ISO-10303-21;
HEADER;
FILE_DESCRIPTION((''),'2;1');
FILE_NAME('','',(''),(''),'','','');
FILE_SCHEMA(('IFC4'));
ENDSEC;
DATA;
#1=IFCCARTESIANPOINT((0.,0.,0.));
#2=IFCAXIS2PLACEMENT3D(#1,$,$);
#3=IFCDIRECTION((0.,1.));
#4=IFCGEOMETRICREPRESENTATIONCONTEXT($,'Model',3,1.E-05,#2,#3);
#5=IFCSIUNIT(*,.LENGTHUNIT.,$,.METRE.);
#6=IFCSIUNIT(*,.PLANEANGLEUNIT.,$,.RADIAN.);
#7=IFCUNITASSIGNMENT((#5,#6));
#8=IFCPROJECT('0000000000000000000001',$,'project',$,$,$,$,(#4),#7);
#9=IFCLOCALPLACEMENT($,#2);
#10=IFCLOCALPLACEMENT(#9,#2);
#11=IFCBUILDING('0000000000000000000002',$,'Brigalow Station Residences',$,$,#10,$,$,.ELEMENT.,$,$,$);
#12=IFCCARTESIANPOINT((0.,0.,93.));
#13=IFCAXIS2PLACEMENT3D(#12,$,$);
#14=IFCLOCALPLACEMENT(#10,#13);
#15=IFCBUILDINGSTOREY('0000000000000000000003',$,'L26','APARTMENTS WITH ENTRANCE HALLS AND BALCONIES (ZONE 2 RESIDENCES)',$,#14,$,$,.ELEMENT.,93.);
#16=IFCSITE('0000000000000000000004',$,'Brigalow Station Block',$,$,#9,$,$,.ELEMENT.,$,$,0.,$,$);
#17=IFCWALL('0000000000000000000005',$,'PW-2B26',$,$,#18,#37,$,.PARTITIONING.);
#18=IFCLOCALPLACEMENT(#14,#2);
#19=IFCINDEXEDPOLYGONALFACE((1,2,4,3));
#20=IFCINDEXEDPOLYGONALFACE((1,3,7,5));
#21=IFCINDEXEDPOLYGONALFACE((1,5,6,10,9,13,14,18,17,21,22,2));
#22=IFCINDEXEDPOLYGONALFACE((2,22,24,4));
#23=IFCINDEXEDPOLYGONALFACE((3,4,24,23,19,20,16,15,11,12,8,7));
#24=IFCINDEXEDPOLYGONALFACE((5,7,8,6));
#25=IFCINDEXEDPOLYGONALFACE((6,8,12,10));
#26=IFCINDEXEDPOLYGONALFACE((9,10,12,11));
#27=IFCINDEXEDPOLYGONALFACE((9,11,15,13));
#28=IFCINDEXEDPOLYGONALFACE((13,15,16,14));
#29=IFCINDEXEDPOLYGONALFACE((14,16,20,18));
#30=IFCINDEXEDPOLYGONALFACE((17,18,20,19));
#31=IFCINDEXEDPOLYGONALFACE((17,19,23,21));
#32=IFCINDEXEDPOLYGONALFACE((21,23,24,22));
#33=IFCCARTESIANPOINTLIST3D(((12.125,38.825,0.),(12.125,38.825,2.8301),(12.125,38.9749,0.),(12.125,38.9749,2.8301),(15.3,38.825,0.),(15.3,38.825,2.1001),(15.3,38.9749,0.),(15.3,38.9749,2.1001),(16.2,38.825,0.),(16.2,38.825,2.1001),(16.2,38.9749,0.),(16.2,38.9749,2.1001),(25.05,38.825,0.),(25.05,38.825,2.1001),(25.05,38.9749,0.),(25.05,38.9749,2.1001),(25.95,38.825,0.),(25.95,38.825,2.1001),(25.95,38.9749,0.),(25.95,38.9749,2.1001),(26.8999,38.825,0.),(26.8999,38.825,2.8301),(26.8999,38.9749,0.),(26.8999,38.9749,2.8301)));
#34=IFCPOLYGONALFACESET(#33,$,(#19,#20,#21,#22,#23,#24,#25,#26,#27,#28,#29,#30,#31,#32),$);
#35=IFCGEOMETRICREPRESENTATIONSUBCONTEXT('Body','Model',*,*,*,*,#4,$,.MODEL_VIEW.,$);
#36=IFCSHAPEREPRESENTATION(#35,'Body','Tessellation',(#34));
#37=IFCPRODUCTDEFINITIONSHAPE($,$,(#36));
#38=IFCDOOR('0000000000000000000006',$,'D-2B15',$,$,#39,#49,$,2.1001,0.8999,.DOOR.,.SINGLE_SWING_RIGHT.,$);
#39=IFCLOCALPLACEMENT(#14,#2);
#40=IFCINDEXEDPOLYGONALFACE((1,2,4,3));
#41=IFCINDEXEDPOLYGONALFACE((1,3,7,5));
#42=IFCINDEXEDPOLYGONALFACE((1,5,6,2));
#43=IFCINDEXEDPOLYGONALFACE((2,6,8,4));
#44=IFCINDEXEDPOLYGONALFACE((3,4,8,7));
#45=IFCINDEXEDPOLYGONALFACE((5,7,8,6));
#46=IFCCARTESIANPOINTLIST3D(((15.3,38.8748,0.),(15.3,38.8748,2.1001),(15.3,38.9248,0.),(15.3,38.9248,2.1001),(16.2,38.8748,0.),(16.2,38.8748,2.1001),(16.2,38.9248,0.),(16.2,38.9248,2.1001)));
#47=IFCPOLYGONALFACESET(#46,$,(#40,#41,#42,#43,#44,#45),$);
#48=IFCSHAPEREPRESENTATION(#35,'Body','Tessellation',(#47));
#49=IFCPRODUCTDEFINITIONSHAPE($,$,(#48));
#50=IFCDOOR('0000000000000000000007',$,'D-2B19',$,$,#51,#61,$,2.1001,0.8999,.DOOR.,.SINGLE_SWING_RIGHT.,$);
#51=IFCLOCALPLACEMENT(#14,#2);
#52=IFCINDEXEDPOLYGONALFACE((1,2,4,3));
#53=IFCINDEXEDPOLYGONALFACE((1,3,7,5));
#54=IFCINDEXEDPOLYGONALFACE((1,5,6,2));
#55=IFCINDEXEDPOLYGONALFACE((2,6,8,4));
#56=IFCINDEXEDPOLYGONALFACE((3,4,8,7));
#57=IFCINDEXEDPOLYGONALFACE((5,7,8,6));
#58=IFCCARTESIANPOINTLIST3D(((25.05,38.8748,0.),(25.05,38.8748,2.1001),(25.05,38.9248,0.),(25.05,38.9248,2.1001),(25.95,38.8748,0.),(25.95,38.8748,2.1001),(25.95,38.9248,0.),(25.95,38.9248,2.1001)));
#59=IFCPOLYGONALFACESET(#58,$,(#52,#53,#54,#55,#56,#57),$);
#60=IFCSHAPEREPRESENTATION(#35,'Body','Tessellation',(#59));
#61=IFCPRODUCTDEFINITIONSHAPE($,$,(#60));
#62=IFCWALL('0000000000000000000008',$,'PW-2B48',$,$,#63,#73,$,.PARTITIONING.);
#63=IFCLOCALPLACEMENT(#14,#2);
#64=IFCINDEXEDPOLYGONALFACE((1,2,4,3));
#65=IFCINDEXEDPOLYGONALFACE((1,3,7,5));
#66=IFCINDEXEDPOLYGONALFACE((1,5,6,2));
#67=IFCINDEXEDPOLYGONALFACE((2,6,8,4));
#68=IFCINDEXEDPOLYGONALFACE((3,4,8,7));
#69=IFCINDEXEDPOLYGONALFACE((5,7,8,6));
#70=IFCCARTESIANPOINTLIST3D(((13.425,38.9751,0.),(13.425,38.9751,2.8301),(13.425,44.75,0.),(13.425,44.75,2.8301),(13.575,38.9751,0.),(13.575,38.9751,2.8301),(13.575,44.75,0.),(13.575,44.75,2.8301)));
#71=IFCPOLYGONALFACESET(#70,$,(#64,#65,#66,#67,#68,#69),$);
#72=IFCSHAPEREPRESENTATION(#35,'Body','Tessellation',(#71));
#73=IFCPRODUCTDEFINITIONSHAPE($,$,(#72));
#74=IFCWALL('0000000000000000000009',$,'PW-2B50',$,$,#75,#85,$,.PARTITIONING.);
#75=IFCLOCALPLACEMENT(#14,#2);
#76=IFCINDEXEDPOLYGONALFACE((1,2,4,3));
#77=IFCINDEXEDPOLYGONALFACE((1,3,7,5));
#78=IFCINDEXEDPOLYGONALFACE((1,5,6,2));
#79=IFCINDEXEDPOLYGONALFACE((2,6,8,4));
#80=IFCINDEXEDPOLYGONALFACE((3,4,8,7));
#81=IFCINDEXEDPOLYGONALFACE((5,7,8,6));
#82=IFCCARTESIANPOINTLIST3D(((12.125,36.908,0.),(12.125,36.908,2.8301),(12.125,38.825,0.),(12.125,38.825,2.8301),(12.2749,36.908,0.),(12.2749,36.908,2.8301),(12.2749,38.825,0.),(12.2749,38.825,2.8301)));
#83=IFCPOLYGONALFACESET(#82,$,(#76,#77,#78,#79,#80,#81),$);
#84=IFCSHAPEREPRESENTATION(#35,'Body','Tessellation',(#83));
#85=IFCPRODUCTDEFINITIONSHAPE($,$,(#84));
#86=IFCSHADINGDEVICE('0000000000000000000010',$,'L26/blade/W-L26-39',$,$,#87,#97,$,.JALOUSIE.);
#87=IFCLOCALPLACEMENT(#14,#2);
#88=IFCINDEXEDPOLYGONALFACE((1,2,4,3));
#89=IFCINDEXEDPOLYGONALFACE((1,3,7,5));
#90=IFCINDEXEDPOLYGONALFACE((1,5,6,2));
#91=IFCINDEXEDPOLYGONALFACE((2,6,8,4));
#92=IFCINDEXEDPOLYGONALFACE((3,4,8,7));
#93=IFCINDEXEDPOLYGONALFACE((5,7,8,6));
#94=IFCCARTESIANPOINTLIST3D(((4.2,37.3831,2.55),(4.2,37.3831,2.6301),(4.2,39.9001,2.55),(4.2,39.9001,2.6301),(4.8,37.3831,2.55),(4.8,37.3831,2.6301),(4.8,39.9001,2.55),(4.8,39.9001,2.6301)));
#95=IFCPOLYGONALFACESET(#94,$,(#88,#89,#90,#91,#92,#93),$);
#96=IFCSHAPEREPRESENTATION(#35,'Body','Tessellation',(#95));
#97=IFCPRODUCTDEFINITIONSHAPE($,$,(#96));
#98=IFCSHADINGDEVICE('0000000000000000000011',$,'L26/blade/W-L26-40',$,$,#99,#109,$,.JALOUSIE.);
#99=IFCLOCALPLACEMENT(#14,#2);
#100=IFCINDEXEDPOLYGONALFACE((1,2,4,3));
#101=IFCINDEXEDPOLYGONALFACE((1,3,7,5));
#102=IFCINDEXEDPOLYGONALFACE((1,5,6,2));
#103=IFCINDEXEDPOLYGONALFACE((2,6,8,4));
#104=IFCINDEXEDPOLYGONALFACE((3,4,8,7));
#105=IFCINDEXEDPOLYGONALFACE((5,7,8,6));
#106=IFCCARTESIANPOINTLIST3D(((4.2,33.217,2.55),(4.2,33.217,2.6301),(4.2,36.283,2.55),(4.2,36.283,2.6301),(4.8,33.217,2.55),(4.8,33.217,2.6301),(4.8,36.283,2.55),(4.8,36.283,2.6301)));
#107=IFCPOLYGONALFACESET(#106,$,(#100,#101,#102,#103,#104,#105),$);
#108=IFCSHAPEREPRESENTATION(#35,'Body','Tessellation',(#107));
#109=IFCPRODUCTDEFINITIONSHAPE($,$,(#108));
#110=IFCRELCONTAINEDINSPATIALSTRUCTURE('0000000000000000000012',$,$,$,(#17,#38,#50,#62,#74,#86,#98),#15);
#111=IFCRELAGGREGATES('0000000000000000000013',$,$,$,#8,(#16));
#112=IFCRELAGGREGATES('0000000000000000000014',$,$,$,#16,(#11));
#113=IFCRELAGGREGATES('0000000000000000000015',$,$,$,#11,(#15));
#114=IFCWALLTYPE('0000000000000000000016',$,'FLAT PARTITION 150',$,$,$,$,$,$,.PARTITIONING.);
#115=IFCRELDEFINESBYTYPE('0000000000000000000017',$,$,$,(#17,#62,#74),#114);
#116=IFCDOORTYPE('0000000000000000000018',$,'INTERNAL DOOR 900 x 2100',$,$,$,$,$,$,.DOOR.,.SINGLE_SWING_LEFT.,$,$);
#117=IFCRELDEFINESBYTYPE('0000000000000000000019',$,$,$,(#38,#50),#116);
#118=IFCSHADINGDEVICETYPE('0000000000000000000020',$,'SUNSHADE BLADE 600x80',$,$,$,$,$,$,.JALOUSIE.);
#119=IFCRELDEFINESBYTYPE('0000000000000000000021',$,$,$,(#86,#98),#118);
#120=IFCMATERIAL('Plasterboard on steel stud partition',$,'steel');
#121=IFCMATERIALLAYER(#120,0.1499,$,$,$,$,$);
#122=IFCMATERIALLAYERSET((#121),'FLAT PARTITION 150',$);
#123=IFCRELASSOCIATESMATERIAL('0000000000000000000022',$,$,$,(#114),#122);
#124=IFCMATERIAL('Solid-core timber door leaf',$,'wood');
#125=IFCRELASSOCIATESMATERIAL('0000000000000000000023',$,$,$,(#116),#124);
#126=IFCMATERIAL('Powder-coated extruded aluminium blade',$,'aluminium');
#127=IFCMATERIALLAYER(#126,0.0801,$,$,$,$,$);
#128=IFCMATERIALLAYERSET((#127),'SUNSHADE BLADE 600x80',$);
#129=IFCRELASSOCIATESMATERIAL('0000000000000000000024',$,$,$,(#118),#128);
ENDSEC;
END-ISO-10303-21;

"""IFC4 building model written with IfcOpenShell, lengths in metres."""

from ifc_helpers import new_model, si_unit, direction, frame, frame_2d, origin, origin_2d, place, context, subcontext, project, spatial, rectangle, extrude, material, layer, layer_set, type_object, element, fill, save


model = new_model("IFC4")

# Units and contexts
model_context = context("Model", 3, precision=1e-05, world=origin(), true_north=direction((0.0, 1.0)))
body_context = subcontext(model_context, "Body", "Model", "MODEL_VIEW")
ifc_project = project(units=[si_unit("LENGTHUNIT", "METRE"), si_unit("PLANEANGLEUNIT", "RADIAN")], contexts=[model_context])

# Site, building, storey
site_placement = place(None, origin())
site = spatial("IfcSite", under=ifc_project, at=site_placement, Name="Brigalow Station Block", CompositionType="ELEMENT", RefElevation=0.0)
building_placement = place(site_placement, origin())
building = spatial("IfcBuilding", under=site, at=building_placement, Name="Brigalow Station Residences", CompositionType="ELEMENT")
storey_placement = place(building_placement, frame((0.0, 0.0, 93.0)))
storey = spatial("IfcBuildingStorey", under=building, at=storey_placement, Name="L26", Description="APARTMENTS WITH ENTRANCE HALLS AND BALCONIES (ZONE 2 RESIDENCES)", CompositionType="ELEMENT", Elevation=93.0)

# Shared definitions
ifc_material_1 = material(Name="Plasterboard on steel stud partition", Category="steel")
ifc_layer_1 = layer(ifc_material_1, 0.1499)
ifc_layer_set_1 = layer_set([ifc_layer_1], Name="FLAT PARTITION 150")
wall_type_1 = type_object("IfcWallType", Name="FLAT PARTITION 150", PredefinedType="PARTITIONING", material=ifc_layer_set_1)
ifc_material_2 = material(Name="Solid-core timber door leaf", Category="wood")
door_type = type_object("IfcDoorType", Name="INTERNAL DOOR 900 x 2100", OperationType="SINGLE_SWING_LEFT", PredefinedType="DOOR", material=ifc_material_2)

# Wall, openings, doors
wall_1_placement = place(storey_placement, frame((12.125, 38.8999, 0.0), z_axis=(0.0, 0.0, 1.0), x_axis=(1.0, 0.0, 0.0)))
wall_1 = element("IfcWall", 1, at=wall_1_placement, inside=storey, type_object=wall_type_1, Name="PW-2B26", PredefinedType="PARTITIONING", context=body_context, shape_type="SweptSolid", body=[
    extrude(rectangle(XDim=14.7749, YDim=0.1499, at=frame_2d((7.3875, 0.0))), origin(), (0.0, 0.0, 1.0), 2.8301),
])
opening_1_placement = place(wall_1_placement, frame((3.175, 0.0, 0.0)))
opening_1 = element("IfcOpeningElement", 2, at=opening_1_placement, cuts=wall_1, PredefinedType="OPENING", context=body_context, shape_type="SweptSolid", body=[
    extrude(rectangle(XDim=0.8999, YDim=2.1001, at=frame_2d((0.45, 1.05))), frame((0.0, 0.085, 0.0), z_axis=(0.0, -1.0, 0.0), x_axis=(1.0, 0.0, 0.0)), (0.0, 0.0, 1.0), 0.1699),
])
opening_2_placement = place(wall_1_placement, frame((12.925, 0.0, 0.0)))
opening_2 = element("IfcOpeningElement", 3, at=opening_2_placement, cuts=wall_1, PredefinedType="OPENING", context=body_context, shape_type="SweptSolid", body=[
    extrude(rectangle(XDim=0.8999, YDim=2.1001, at=frame_2d((0.45, 1.05))), frame((0.0, 0.085, 0.0), z_axis=(0.0, -1.0, 0.0), x_axis=(1.0, 0.0, 0.0)), (0.0, 0.0, 1.0), 0.1699),
])
door_1_placement = place(opening_1_placement, origin())
door_1 = element("IfcDoor", 4, at=door_1_placement, inside=storey, type_object=door_type, Name="D-2B15", OperationType="SINGLE_SWING_RIGHT", OverallHeight=2.1001, OverallWidth=0.8999, PredefinedType="DOOR", context=body_context, shape_type="SweptSolid", body=[
    extrude(rectangle(XDim=0.8999, YDim=2.1001, at=frame_2d((0.45, 1.05))), frame((0.0, 0.0249, 0.0), z_axis=(0.0, -1.0, 0.0), x_axis=(1.0, 0.0, 0.0)), (0.0, 0.0, 1.0), 0.05),
])
fill(opening_1, door_1)
door_2_placement = place(opening_2_placement, origin())
door_2 = element("IfcDoor", 5, at=door_2_placement, inside=storey, type_object=door_type, Name="D-2B19", OperationType="SINGLE_SWING_RIGHT", OverallHeight=2.1001, OverallWidth=0.8999, PredefinedType="DOOR", context=body_context, shape_type="SweptSolid", body=[
    extrude(rectangle(XDim=0.8999, YDim=2.1001, at=frame_2d((0.45, 1.05))), frame((0.0, 0.0249, 0.0), z_axis=(0.0, -1.0, 0.0), x_axis=(1.0, 0.0, 0.0)), (0.0, 0.0, 1.0), 0.05),
])
fill(opening_2, door_2)

# Walls
wall_2_placement = place(storey_placement, frame((13.5, 38.9751, 0.0), z_axis=(0.0, 0.0, 1.0), x_axis=(0.0, 1.0, 0.0)))
element("IfcWall", 6, at=wall_2_placement, inside=storey, type_object=wall_type_1, Name="PW-2B48", PredefinedType="PARTITIONING", context=body_context, shape_type="SweptSolid", body=[
    extrude(rectangle(XDim=5.7749, YDim=0.1499, at=frame_2d((2.8875, 0.0))), origin(), (0.0, 0.0, 1.0), 2.8301),
])
wall_3_placement = place(storey_placement, frame((12.2, 36.908, 0.0), z_axis=(0.0, 0.0, 1.0), x_axis=(0.0, 1.0, 0.0)))
element("IfcWall", 7, at=wall_3_placement, inside=storey, type_object=wall_type_1, Name="PW-2B50", PredefinedType="PARTITIONING", context=body_context, shape_type="SweptSolid", body=[
    extrude(rectangle(XDim=1.917, YDim=0.1499, at=frame_2d((0.9585, 0.0))), origin(), (0.0, 0.0, 1.0), 2.8301),
])

# Shading devices
ifc_material_3 = material(Name="Powder-coated extruded aluminium blade", Category="aluminium")
ifc_layer_2 = layer(ifc_material_3, 0.0801)
ifc_layer_set_2 = layer_set([ifc_layer_2], Name="SUNSHADE BLADE 600x80")
shading_device_type = type_object("IfcShadingDeviceType", Name="SUNSHADE BLADE 600x80", PredefinedType="JALOUSIE", material=ifc_layer_set_2)
shading_device_1_placement = place(storey_placement, frame((4.5, 38.6416, 2.55), z_axis=(0.0, 0.0, 1.0), x_axis=(0.0, -1.0, 0.0)))
element("IfcShadingDevice", 8, at=shading_device_1_placement, inside=storey, type_object=shading_device_type, Name="L26/blade/W-L26-39", PredefinedType="JALOUSIE", context=body_context, shape_type="SweptSolid", body=[
    extrude(rectangle(XDim=2.5171, YDim=0.6001, at=origin_2d()), origin(), (0.0, 0.0, 1.0), 0.0801),
])
shading_device_2_placement = place(storey_placement, frame((4.5, 34.75, 2.55), z_axis=(0.0, 0.0, 1.0), x_axis=(0.0, -1.0, 0.0)))
element("IfcShadingDevice", 9, at=shading_device_2_placement, inside=storey, type_object=shading_device_type, Name="L26/blade/W-L26-40", PredefinedType="JALOUSIE", context=body_context, shape_type="SweptSolid", body=[
    extrude(rectangle(XDim=3.0659, YDim=0.6001, at=origin_2d()), origin(), (0.0, 0.0, 1.0), 0.0801),
])

save(model, "model.ifc")
